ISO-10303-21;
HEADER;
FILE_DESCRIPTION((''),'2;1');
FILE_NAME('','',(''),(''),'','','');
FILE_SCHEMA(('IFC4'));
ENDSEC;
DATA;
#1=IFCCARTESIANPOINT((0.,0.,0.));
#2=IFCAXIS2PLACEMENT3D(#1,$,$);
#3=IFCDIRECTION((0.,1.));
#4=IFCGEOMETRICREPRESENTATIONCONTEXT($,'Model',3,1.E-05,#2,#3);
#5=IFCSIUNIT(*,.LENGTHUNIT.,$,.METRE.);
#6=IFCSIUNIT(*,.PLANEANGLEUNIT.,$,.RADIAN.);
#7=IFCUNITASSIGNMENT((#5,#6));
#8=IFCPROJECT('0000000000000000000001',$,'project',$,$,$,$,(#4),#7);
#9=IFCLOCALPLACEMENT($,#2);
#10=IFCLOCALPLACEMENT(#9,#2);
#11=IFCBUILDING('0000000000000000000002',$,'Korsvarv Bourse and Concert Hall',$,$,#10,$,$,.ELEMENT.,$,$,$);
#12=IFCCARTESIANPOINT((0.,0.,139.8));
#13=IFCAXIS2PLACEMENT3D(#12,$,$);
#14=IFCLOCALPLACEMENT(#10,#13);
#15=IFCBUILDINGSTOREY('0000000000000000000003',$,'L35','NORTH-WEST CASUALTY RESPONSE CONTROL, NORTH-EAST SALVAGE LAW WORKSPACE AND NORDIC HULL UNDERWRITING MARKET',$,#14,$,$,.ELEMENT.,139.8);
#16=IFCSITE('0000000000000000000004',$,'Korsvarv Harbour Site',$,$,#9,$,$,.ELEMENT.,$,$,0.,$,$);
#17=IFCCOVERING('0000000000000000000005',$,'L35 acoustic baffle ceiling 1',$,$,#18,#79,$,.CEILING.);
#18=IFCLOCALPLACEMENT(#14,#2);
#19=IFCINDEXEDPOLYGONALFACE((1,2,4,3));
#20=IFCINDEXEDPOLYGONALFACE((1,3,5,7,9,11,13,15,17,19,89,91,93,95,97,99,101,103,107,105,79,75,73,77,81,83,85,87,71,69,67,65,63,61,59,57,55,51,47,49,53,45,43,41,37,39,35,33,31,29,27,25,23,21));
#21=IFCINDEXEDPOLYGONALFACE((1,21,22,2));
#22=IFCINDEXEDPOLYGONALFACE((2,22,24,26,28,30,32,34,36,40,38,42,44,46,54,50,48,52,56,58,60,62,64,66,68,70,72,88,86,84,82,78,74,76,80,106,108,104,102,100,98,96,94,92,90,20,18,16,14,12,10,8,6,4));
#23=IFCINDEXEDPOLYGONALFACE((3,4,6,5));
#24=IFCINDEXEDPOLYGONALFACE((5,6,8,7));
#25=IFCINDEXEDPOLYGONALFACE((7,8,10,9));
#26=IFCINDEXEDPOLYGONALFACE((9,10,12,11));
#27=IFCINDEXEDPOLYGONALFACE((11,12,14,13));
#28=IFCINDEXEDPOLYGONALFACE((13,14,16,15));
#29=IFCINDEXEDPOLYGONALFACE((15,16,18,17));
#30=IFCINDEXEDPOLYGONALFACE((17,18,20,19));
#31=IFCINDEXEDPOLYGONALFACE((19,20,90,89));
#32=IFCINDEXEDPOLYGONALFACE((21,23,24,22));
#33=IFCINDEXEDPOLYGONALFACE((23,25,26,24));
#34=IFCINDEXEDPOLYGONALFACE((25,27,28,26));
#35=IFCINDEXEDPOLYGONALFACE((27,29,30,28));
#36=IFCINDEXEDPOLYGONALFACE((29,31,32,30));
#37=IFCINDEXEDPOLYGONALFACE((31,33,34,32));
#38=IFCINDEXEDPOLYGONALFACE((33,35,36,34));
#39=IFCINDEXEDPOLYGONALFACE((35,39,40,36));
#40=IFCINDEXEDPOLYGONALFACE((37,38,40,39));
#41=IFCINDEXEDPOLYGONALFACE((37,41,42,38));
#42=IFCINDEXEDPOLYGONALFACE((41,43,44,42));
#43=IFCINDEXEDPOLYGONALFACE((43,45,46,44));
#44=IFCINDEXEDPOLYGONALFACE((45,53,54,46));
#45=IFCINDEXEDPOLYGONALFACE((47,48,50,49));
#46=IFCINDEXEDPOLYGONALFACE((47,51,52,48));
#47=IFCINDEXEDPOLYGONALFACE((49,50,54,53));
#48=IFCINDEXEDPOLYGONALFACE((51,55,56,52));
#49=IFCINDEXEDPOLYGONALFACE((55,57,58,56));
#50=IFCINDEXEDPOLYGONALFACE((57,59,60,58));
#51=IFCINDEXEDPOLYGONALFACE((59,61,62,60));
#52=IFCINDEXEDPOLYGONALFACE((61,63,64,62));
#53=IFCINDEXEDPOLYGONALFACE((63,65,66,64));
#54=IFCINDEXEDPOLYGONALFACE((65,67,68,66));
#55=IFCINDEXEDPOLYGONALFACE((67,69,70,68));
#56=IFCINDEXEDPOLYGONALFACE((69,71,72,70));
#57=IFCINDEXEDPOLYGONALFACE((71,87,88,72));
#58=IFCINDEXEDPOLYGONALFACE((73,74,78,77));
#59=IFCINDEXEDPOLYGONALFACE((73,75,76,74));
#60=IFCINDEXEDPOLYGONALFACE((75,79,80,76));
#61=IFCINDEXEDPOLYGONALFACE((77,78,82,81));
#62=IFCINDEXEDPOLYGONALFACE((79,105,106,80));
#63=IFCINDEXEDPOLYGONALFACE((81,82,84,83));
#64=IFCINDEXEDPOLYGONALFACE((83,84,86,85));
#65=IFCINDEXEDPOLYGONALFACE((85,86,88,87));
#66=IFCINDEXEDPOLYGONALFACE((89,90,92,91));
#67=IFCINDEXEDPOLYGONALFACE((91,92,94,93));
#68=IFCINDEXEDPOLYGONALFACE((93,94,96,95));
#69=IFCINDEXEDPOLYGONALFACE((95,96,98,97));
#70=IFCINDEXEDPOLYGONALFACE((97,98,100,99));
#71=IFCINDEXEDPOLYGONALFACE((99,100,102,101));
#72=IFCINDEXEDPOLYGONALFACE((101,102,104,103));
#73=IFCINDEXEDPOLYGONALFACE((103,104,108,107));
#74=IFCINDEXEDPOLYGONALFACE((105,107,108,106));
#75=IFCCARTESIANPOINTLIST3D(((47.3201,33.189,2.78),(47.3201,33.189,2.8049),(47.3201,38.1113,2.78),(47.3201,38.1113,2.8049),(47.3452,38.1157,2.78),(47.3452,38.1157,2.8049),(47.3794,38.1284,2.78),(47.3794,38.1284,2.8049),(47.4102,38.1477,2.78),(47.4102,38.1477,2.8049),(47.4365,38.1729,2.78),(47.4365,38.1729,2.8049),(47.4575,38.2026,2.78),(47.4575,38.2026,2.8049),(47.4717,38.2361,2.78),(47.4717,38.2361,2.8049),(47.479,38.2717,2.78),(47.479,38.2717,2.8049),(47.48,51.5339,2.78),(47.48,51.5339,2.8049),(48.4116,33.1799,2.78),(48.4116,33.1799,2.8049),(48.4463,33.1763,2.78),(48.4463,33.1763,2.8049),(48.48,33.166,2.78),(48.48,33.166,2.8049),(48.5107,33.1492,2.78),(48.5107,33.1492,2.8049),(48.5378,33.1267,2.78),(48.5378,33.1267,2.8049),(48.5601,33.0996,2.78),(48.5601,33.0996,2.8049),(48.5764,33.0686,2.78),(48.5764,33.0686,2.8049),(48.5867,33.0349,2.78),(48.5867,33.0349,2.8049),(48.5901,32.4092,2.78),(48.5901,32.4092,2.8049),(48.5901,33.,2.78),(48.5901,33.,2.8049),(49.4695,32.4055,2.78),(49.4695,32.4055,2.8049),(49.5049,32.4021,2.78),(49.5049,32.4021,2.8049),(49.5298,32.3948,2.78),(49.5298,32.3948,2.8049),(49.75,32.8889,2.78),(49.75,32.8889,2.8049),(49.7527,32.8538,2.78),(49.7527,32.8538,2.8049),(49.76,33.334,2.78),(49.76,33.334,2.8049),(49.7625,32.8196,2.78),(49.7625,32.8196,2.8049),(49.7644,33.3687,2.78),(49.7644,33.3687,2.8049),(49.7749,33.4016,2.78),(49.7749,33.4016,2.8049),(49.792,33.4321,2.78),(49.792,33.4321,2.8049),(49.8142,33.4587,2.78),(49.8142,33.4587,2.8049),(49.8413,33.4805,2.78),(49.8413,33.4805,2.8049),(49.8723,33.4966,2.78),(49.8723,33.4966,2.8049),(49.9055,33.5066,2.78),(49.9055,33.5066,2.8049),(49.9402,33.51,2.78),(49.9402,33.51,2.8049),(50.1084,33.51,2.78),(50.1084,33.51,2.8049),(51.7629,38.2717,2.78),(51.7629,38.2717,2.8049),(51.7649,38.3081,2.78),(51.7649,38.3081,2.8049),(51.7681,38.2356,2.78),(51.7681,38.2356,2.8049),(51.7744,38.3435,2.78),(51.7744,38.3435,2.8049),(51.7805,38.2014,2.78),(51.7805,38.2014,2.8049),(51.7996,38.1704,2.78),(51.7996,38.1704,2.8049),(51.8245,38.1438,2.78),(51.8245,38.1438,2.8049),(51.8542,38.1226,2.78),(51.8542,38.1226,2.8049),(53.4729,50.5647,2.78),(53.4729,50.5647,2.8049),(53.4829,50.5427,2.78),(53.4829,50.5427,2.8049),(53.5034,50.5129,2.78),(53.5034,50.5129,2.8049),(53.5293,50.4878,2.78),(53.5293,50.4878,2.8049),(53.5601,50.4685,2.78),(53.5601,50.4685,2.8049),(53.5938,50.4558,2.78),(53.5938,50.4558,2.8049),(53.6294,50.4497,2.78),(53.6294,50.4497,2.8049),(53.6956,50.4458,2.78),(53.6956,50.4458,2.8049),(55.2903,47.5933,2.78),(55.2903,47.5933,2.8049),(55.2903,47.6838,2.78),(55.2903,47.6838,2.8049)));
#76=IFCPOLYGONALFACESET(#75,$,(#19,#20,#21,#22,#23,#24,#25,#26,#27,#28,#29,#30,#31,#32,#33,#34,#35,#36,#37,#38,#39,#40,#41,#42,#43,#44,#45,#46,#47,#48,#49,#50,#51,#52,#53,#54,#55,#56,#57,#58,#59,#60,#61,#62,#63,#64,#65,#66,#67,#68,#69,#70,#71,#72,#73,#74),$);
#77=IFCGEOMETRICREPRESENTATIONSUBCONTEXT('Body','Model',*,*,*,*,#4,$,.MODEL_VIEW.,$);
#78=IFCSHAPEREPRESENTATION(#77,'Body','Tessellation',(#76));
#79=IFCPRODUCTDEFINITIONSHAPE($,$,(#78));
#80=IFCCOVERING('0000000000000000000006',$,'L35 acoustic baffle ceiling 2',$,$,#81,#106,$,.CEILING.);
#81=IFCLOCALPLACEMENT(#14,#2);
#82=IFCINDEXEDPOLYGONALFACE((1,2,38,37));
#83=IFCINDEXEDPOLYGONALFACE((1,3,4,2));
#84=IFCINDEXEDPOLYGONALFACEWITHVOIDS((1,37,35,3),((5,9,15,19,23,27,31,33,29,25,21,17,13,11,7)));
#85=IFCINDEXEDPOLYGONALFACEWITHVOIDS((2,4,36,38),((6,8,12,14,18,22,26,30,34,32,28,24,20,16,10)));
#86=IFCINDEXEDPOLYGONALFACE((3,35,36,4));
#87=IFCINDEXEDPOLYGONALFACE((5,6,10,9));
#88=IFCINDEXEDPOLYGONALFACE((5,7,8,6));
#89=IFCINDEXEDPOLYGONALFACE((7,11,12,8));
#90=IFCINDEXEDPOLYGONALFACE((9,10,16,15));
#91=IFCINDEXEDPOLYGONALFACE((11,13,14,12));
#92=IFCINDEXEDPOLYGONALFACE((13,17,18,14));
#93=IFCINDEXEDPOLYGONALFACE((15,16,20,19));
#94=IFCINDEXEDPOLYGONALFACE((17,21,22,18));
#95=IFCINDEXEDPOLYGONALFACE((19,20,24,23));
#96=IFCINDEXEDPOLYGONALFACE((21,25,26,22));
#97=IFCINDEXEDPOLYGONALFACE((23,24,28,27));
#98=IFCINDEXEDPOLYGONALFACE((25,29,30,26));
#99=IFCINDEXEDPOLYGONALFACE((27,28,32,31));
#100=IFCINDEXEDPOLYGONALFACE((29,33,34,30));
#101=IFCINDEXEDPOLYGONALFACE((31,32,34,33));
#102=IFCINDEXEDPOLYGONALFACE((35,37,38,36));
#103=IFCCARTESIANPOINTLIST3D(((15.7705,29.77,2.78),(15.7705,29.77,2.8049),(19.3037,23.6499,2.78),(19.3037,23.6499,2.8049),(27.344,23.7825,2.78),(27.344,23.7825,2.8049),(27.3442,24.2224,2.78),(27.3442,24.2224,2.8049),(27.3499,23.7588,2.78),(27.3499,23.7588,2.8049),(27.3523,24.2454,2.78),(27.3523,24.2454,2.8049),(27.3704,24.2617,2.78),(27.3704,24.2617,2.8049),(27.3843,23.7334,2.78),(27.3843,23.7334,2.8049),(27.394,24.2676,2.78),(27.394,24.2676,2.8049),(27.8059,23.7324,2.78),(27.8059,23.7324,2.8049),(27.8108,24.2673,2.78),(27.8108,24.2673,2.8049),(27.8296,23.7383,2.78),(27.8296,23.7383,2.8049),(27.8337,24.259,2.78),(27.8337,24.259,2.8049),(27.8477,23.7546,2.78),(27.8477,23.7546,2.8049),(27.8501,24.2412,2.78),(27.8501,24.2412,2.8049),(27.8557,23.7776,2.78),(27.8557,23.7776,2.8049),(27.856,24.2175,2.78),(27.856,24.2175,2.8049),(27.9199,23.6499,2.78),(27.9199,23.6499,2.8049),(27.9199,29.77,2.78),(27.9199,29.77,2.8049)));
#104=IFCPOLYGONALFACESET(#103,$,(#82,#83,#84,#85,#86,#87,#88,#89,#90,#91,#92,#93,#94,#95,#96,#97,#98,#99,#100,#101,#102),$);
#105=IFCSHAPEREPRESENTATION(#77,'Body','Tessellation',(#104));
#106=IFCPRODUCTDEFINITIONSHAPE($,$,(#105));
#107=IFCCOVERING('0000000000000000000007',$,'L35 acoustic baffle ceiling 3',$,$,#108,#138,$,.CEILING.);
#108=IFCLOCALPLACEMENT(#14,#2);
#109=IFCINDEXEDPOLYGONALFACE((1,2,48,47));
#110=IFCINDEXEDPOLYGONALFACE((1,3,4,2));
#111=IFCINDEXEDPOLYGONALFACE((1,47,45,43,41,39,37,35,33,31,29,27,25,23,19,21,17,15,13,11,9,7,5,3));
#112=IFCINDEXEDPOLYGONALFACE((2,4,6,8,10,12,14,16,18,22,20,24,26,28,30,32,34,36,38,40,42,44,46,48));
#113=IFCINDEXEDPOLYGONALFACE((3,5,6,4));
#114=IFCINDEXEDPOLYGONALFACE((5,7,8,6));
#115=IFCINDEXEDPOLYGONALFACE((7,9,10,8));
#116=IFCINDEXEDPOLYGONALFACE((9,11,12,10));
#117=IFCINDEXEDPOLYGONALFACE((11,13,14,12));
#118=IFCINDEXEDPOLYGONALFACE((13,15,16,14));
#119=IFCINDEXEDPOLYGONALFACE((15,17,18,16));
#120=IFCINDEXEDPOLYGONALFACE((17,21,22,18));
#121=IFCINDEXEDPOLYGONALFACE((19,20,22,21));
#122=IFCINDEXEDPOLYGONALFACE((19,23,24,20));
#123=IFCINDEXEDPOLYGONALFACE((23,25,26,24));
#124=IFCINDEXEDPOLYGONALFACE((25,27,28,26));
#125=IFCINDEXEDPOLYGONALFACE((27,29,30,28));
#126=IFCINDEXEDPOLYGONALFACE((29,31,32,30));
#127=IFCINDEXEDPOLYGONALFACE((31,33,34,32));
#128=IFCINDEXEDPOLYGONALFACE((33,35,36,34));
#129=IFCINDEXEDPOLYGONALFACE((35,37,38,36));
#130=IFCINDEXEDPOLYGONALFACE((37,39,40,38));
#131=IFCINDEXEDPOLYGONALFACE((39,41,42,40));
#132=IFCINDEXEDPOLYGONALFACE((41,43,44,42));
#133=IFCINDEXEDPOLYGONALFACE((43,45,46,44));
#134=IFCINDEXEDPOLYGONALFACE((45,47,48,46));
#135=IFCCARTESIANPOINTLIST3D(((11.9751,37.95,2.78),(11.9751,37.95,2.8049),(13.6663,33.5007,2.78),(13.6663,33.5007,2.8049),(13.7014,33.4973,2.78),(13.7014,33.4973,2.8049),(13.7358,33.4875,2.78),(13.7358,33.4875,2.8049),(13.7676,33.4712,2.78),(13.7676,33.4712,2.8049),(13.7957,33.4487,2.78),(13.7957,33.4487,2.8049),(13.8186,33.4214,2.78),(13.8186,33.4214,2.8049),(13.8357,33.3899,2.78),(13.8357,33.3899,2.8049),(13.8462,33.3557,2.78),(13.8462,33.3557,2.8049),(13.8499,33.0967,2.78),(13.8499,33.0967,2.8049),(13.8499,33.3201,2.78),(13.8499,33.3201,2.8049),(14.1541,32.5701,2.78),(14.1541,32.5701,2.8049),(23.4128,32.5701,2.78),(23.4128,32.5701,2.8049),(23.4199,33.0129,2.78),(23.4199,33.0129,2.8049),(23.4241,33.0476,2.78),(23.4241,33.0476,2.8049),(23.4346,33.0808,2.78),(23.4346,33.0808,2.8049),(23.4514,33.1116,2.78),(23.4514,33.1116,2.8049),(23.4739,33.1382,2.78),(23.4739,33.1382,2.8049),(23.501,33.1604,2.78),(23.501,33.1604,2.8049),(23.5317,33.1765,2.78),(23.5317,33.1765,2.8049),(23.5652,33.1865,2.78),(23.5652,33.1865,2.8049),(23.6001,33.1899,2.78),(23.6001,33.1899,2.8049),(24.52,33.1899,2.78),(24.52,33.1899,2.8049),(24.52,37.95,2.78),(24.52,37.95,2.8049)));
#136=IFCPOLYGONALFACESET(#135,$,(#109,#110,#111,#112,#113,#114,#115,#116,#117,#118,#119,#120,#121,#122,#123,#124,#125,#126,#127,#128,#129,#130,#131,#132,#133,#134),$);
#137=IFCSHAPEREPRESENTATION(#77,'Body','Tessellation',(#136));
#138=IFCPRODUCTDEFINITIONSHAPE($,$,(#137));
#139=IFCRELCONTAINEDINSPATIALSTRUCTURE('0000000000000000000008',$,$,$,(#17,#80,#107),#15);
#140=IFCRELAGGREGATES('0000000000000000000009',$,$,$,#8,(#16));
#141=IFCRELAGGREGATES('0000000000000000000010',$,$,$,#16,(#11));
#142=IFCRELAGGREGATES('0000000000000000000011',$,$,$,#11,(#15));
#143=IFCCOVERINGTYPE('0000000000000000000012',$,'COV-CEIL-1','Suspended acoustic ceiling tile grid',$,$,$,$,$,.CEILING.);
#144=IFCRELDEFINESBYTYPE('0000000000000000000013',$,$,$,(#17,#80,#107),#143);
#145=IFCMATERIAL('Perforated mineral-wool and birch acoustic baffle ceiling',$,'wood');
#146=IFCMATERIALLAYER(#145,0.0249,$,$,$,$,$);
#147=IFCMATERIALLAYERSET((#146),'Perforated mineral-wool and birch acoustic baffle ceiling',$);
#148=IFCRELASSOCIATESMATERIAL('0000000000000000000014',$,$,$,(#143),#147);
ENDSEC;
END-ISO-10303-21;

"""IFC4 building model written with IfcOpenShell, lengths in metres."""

from ifc_helpers import new_model, si_unit, direction, frame, origin, place, context, subcontext, project, spatial, polyline, outline, extrude, material, layer, layer_set, type_object, element, save


model = new_model("IFC4")

# Units and contexts
model_context = context("Model", 3, precision=1e-05, world=origin(), true_north=direction((0.0, 1.0)))
body_context = subcontext(model_context, "Body", "Model", "MODEL_VIEW")
ifc_project = project(units=[si_unit("LENGTHUNIT", "METRE"), si_unit("PLANEANGLEUNIT", "RADIAN")], contexts=[model_context])

# Site, building, storey
site_placement = place(None, origin())
site = spatial("IfcSite", under=ifc_project, at=site_placement, Name="Korsvarv Harbour Site", CompositionType="ELEMENT", RefElevation=0.0)
building_placement = place(site_placement, origin())
building = spatial("IfcBuilding", under=site, at=building_placement, Name="Korsvarv Bourse and Concert Hall", CompositionType="ELEMENT")
storey_placement = place(building_placement, frame((0.0, 0.0, 139.8)))
storey = spatial("IfcBuildingStorey", under=building, at=storey_placement, Name="L35", Description="NORTH-WEST CASUALTY RESPONSE CONTROL, NORTH-EAST SALVAGE LAW WORKSPACE AND NORDIC HULL UNDERWRITING MARKET", CompositionType="ELEMENT", Elevation=139.8)

# Coverings
ifc_material_1 = material(Name="Perforated mineral-wool and birch acoustic baffle ceiling", Category="wood")
ifc_layer_1 = layer(ifc_material_1, 0.0249)
ifc_layer_set_1 = layer_set([ifc_layer_1], Name="Perforated mineral-wool and birch acoustic baffle ceiling")
covering_type_1 = type_object("IfcCoveringType", Name="COV-CEIL-1", Description="Suspended acoustic ceiling tile grid", PredefinedType="CEILING", material=ifc_layer_set_1)
covering_1_placement = place(storey_placement, frame((0.0, 0.0, 2.78)))
element("IfcCovering", 1, at=covering_1_placement, inside=storey, type_object=covering_type_1, Name="L35 acoustic baffle ceiling 1", PredefinedType="CEILING", context=body_context, shape_type="SweptSolid", body=[
    extrude(outline(polyline([(47.3201, 38.1113), (47.3452, 38.1157), (47.3794, 38.1284), (47.4102, 38.1477), (47.4365, 38.1729), (47.4575, 38.2026), (47.4717, 38.2361), (47.479, 38.2717), (47.48, 51.5339), (53.4729, 50.5647), (53.4829, 50.5427), (53.5034, 50.5129), (53.5293, 50.4878), (53.5601, 50.4685), (53.5938, 50.4558), (53.6294, 50.4497), (53.6956, 50.4458), (55.2903, 47.6838), (55.2903, 47.5933), (51.7744, 38.3435), (51.7649, 38.3081), (51.7629, 38.2717), (51.7681, 38.2356), (51.7805, 38.2014), (51.7996, 38.1704), (51.8245, 38.1438), (51.8542, 38.1226), (50.1084, 33.51), (49.9402, 33.51), (49.9055, 33.5066), (49.8723, 33.4966), (49.8413, 33.4805), (49.8142, 33.4587), (49.792, 33.4321), (49.7749, 33.4016), (49.7644, 33.3687), (49.76, 33.334), (49.75, 32.8889), (49.7527, 32.8538), (49.7625, 32.8196), (49.5298, 32.3948), (49.5049, 32.4021), (49.4695, 32.4055), (48.5901, 32.4092), (48.5901, 33.0), (48.5867, 33.0349), (48.5764, 33.0686), (48.5601, 33.0996), (48.5378, 33.1267), (48.5107, 33.1492), (48.48, 33.166), (48.4463, 33.1763), (48.4116, 33.1799), (47.3201, 33.189), (47.3201, 38.1113)])), origin(), (0.0, 0.0, 1.0), 0.0249),
])
covering_2_placement = place(storey_placement, frame((0.0, 0.0, 2.78)))
element("IfcCovering", 2, at=covering_2_placement, inside=storey, type_object=covering_type_1, Name="L35 acoustic baffle ceiling 2", PredefinedType="CEILING", context=body_context, shape_type="SweptSolid", body=[
    extrude(outline(polyline([(19.3037, 23.6499), (15.7705, 29.77), (27.9199, 29.77), (27.9199, 23.6499), (19.3037, 23.6499)]), holes=[polyline([(27.3843, 23.7334), (27.8059, 23.7324), (27.8296, 23.7383), (27.8477, 23.7546), (27.8557, 23.7776), (27.856, 24.2175), (27.8501, 24.2412), (27.8337, 24.259), (27.8108, 24.2673), (27.394, 24.2676), (27.3704, 24.2617), (27.3523, 24.2454), (27.3442, 24.2224), (27.344, 23.7825), (27.3499, 23.7588), (27.3843, 23.7334)])]), origin(), (0.0, 0.0, 1.0), 0.0249),
])
covering_3_placement = place(storey_placement, frame((0.0, 0.0, 2.78)))
element("IfcCovering", 3, at=covering_3_placement, inside=storey, type_object=covering_type_1, Name="L35 acoustic baffle ceiling 3", PredefinedType="CEILING", context=body_context, shape_type="SweptSolid", body=[
    extrude(outline(polyline([(13.8499, 33.0967), (13.8499, 33.3201), (13.8462, 33.3557), (13.8357, 33.3899), (13.8186, 33.4214), (13.7957, 33.4487), (13.7676, 33.4712), (13.7358, 33.4875), (13.7014, 33.4973), (13.6663, 33.5007), (11.9751, 37.95), (24.52, 37.95), (24.52, 33.1899), (23.6001, 33.1899), (23.5652, 33.1865), (23.5317, 33.1765), (23.501, 33.1604), (23.4739, 33.1382), (23.4514, 33.1116), (23.4346, 33.0808), (23.4241, 33.0476), (23.4199, 33.0129), (23.4128, 32.5701), (14.1541, 32.5701), (13.8499, 33.0967)])), origin(), (0.0, 0.0, 1.0), 0.0249),
])

save(model, "model.ifc")
